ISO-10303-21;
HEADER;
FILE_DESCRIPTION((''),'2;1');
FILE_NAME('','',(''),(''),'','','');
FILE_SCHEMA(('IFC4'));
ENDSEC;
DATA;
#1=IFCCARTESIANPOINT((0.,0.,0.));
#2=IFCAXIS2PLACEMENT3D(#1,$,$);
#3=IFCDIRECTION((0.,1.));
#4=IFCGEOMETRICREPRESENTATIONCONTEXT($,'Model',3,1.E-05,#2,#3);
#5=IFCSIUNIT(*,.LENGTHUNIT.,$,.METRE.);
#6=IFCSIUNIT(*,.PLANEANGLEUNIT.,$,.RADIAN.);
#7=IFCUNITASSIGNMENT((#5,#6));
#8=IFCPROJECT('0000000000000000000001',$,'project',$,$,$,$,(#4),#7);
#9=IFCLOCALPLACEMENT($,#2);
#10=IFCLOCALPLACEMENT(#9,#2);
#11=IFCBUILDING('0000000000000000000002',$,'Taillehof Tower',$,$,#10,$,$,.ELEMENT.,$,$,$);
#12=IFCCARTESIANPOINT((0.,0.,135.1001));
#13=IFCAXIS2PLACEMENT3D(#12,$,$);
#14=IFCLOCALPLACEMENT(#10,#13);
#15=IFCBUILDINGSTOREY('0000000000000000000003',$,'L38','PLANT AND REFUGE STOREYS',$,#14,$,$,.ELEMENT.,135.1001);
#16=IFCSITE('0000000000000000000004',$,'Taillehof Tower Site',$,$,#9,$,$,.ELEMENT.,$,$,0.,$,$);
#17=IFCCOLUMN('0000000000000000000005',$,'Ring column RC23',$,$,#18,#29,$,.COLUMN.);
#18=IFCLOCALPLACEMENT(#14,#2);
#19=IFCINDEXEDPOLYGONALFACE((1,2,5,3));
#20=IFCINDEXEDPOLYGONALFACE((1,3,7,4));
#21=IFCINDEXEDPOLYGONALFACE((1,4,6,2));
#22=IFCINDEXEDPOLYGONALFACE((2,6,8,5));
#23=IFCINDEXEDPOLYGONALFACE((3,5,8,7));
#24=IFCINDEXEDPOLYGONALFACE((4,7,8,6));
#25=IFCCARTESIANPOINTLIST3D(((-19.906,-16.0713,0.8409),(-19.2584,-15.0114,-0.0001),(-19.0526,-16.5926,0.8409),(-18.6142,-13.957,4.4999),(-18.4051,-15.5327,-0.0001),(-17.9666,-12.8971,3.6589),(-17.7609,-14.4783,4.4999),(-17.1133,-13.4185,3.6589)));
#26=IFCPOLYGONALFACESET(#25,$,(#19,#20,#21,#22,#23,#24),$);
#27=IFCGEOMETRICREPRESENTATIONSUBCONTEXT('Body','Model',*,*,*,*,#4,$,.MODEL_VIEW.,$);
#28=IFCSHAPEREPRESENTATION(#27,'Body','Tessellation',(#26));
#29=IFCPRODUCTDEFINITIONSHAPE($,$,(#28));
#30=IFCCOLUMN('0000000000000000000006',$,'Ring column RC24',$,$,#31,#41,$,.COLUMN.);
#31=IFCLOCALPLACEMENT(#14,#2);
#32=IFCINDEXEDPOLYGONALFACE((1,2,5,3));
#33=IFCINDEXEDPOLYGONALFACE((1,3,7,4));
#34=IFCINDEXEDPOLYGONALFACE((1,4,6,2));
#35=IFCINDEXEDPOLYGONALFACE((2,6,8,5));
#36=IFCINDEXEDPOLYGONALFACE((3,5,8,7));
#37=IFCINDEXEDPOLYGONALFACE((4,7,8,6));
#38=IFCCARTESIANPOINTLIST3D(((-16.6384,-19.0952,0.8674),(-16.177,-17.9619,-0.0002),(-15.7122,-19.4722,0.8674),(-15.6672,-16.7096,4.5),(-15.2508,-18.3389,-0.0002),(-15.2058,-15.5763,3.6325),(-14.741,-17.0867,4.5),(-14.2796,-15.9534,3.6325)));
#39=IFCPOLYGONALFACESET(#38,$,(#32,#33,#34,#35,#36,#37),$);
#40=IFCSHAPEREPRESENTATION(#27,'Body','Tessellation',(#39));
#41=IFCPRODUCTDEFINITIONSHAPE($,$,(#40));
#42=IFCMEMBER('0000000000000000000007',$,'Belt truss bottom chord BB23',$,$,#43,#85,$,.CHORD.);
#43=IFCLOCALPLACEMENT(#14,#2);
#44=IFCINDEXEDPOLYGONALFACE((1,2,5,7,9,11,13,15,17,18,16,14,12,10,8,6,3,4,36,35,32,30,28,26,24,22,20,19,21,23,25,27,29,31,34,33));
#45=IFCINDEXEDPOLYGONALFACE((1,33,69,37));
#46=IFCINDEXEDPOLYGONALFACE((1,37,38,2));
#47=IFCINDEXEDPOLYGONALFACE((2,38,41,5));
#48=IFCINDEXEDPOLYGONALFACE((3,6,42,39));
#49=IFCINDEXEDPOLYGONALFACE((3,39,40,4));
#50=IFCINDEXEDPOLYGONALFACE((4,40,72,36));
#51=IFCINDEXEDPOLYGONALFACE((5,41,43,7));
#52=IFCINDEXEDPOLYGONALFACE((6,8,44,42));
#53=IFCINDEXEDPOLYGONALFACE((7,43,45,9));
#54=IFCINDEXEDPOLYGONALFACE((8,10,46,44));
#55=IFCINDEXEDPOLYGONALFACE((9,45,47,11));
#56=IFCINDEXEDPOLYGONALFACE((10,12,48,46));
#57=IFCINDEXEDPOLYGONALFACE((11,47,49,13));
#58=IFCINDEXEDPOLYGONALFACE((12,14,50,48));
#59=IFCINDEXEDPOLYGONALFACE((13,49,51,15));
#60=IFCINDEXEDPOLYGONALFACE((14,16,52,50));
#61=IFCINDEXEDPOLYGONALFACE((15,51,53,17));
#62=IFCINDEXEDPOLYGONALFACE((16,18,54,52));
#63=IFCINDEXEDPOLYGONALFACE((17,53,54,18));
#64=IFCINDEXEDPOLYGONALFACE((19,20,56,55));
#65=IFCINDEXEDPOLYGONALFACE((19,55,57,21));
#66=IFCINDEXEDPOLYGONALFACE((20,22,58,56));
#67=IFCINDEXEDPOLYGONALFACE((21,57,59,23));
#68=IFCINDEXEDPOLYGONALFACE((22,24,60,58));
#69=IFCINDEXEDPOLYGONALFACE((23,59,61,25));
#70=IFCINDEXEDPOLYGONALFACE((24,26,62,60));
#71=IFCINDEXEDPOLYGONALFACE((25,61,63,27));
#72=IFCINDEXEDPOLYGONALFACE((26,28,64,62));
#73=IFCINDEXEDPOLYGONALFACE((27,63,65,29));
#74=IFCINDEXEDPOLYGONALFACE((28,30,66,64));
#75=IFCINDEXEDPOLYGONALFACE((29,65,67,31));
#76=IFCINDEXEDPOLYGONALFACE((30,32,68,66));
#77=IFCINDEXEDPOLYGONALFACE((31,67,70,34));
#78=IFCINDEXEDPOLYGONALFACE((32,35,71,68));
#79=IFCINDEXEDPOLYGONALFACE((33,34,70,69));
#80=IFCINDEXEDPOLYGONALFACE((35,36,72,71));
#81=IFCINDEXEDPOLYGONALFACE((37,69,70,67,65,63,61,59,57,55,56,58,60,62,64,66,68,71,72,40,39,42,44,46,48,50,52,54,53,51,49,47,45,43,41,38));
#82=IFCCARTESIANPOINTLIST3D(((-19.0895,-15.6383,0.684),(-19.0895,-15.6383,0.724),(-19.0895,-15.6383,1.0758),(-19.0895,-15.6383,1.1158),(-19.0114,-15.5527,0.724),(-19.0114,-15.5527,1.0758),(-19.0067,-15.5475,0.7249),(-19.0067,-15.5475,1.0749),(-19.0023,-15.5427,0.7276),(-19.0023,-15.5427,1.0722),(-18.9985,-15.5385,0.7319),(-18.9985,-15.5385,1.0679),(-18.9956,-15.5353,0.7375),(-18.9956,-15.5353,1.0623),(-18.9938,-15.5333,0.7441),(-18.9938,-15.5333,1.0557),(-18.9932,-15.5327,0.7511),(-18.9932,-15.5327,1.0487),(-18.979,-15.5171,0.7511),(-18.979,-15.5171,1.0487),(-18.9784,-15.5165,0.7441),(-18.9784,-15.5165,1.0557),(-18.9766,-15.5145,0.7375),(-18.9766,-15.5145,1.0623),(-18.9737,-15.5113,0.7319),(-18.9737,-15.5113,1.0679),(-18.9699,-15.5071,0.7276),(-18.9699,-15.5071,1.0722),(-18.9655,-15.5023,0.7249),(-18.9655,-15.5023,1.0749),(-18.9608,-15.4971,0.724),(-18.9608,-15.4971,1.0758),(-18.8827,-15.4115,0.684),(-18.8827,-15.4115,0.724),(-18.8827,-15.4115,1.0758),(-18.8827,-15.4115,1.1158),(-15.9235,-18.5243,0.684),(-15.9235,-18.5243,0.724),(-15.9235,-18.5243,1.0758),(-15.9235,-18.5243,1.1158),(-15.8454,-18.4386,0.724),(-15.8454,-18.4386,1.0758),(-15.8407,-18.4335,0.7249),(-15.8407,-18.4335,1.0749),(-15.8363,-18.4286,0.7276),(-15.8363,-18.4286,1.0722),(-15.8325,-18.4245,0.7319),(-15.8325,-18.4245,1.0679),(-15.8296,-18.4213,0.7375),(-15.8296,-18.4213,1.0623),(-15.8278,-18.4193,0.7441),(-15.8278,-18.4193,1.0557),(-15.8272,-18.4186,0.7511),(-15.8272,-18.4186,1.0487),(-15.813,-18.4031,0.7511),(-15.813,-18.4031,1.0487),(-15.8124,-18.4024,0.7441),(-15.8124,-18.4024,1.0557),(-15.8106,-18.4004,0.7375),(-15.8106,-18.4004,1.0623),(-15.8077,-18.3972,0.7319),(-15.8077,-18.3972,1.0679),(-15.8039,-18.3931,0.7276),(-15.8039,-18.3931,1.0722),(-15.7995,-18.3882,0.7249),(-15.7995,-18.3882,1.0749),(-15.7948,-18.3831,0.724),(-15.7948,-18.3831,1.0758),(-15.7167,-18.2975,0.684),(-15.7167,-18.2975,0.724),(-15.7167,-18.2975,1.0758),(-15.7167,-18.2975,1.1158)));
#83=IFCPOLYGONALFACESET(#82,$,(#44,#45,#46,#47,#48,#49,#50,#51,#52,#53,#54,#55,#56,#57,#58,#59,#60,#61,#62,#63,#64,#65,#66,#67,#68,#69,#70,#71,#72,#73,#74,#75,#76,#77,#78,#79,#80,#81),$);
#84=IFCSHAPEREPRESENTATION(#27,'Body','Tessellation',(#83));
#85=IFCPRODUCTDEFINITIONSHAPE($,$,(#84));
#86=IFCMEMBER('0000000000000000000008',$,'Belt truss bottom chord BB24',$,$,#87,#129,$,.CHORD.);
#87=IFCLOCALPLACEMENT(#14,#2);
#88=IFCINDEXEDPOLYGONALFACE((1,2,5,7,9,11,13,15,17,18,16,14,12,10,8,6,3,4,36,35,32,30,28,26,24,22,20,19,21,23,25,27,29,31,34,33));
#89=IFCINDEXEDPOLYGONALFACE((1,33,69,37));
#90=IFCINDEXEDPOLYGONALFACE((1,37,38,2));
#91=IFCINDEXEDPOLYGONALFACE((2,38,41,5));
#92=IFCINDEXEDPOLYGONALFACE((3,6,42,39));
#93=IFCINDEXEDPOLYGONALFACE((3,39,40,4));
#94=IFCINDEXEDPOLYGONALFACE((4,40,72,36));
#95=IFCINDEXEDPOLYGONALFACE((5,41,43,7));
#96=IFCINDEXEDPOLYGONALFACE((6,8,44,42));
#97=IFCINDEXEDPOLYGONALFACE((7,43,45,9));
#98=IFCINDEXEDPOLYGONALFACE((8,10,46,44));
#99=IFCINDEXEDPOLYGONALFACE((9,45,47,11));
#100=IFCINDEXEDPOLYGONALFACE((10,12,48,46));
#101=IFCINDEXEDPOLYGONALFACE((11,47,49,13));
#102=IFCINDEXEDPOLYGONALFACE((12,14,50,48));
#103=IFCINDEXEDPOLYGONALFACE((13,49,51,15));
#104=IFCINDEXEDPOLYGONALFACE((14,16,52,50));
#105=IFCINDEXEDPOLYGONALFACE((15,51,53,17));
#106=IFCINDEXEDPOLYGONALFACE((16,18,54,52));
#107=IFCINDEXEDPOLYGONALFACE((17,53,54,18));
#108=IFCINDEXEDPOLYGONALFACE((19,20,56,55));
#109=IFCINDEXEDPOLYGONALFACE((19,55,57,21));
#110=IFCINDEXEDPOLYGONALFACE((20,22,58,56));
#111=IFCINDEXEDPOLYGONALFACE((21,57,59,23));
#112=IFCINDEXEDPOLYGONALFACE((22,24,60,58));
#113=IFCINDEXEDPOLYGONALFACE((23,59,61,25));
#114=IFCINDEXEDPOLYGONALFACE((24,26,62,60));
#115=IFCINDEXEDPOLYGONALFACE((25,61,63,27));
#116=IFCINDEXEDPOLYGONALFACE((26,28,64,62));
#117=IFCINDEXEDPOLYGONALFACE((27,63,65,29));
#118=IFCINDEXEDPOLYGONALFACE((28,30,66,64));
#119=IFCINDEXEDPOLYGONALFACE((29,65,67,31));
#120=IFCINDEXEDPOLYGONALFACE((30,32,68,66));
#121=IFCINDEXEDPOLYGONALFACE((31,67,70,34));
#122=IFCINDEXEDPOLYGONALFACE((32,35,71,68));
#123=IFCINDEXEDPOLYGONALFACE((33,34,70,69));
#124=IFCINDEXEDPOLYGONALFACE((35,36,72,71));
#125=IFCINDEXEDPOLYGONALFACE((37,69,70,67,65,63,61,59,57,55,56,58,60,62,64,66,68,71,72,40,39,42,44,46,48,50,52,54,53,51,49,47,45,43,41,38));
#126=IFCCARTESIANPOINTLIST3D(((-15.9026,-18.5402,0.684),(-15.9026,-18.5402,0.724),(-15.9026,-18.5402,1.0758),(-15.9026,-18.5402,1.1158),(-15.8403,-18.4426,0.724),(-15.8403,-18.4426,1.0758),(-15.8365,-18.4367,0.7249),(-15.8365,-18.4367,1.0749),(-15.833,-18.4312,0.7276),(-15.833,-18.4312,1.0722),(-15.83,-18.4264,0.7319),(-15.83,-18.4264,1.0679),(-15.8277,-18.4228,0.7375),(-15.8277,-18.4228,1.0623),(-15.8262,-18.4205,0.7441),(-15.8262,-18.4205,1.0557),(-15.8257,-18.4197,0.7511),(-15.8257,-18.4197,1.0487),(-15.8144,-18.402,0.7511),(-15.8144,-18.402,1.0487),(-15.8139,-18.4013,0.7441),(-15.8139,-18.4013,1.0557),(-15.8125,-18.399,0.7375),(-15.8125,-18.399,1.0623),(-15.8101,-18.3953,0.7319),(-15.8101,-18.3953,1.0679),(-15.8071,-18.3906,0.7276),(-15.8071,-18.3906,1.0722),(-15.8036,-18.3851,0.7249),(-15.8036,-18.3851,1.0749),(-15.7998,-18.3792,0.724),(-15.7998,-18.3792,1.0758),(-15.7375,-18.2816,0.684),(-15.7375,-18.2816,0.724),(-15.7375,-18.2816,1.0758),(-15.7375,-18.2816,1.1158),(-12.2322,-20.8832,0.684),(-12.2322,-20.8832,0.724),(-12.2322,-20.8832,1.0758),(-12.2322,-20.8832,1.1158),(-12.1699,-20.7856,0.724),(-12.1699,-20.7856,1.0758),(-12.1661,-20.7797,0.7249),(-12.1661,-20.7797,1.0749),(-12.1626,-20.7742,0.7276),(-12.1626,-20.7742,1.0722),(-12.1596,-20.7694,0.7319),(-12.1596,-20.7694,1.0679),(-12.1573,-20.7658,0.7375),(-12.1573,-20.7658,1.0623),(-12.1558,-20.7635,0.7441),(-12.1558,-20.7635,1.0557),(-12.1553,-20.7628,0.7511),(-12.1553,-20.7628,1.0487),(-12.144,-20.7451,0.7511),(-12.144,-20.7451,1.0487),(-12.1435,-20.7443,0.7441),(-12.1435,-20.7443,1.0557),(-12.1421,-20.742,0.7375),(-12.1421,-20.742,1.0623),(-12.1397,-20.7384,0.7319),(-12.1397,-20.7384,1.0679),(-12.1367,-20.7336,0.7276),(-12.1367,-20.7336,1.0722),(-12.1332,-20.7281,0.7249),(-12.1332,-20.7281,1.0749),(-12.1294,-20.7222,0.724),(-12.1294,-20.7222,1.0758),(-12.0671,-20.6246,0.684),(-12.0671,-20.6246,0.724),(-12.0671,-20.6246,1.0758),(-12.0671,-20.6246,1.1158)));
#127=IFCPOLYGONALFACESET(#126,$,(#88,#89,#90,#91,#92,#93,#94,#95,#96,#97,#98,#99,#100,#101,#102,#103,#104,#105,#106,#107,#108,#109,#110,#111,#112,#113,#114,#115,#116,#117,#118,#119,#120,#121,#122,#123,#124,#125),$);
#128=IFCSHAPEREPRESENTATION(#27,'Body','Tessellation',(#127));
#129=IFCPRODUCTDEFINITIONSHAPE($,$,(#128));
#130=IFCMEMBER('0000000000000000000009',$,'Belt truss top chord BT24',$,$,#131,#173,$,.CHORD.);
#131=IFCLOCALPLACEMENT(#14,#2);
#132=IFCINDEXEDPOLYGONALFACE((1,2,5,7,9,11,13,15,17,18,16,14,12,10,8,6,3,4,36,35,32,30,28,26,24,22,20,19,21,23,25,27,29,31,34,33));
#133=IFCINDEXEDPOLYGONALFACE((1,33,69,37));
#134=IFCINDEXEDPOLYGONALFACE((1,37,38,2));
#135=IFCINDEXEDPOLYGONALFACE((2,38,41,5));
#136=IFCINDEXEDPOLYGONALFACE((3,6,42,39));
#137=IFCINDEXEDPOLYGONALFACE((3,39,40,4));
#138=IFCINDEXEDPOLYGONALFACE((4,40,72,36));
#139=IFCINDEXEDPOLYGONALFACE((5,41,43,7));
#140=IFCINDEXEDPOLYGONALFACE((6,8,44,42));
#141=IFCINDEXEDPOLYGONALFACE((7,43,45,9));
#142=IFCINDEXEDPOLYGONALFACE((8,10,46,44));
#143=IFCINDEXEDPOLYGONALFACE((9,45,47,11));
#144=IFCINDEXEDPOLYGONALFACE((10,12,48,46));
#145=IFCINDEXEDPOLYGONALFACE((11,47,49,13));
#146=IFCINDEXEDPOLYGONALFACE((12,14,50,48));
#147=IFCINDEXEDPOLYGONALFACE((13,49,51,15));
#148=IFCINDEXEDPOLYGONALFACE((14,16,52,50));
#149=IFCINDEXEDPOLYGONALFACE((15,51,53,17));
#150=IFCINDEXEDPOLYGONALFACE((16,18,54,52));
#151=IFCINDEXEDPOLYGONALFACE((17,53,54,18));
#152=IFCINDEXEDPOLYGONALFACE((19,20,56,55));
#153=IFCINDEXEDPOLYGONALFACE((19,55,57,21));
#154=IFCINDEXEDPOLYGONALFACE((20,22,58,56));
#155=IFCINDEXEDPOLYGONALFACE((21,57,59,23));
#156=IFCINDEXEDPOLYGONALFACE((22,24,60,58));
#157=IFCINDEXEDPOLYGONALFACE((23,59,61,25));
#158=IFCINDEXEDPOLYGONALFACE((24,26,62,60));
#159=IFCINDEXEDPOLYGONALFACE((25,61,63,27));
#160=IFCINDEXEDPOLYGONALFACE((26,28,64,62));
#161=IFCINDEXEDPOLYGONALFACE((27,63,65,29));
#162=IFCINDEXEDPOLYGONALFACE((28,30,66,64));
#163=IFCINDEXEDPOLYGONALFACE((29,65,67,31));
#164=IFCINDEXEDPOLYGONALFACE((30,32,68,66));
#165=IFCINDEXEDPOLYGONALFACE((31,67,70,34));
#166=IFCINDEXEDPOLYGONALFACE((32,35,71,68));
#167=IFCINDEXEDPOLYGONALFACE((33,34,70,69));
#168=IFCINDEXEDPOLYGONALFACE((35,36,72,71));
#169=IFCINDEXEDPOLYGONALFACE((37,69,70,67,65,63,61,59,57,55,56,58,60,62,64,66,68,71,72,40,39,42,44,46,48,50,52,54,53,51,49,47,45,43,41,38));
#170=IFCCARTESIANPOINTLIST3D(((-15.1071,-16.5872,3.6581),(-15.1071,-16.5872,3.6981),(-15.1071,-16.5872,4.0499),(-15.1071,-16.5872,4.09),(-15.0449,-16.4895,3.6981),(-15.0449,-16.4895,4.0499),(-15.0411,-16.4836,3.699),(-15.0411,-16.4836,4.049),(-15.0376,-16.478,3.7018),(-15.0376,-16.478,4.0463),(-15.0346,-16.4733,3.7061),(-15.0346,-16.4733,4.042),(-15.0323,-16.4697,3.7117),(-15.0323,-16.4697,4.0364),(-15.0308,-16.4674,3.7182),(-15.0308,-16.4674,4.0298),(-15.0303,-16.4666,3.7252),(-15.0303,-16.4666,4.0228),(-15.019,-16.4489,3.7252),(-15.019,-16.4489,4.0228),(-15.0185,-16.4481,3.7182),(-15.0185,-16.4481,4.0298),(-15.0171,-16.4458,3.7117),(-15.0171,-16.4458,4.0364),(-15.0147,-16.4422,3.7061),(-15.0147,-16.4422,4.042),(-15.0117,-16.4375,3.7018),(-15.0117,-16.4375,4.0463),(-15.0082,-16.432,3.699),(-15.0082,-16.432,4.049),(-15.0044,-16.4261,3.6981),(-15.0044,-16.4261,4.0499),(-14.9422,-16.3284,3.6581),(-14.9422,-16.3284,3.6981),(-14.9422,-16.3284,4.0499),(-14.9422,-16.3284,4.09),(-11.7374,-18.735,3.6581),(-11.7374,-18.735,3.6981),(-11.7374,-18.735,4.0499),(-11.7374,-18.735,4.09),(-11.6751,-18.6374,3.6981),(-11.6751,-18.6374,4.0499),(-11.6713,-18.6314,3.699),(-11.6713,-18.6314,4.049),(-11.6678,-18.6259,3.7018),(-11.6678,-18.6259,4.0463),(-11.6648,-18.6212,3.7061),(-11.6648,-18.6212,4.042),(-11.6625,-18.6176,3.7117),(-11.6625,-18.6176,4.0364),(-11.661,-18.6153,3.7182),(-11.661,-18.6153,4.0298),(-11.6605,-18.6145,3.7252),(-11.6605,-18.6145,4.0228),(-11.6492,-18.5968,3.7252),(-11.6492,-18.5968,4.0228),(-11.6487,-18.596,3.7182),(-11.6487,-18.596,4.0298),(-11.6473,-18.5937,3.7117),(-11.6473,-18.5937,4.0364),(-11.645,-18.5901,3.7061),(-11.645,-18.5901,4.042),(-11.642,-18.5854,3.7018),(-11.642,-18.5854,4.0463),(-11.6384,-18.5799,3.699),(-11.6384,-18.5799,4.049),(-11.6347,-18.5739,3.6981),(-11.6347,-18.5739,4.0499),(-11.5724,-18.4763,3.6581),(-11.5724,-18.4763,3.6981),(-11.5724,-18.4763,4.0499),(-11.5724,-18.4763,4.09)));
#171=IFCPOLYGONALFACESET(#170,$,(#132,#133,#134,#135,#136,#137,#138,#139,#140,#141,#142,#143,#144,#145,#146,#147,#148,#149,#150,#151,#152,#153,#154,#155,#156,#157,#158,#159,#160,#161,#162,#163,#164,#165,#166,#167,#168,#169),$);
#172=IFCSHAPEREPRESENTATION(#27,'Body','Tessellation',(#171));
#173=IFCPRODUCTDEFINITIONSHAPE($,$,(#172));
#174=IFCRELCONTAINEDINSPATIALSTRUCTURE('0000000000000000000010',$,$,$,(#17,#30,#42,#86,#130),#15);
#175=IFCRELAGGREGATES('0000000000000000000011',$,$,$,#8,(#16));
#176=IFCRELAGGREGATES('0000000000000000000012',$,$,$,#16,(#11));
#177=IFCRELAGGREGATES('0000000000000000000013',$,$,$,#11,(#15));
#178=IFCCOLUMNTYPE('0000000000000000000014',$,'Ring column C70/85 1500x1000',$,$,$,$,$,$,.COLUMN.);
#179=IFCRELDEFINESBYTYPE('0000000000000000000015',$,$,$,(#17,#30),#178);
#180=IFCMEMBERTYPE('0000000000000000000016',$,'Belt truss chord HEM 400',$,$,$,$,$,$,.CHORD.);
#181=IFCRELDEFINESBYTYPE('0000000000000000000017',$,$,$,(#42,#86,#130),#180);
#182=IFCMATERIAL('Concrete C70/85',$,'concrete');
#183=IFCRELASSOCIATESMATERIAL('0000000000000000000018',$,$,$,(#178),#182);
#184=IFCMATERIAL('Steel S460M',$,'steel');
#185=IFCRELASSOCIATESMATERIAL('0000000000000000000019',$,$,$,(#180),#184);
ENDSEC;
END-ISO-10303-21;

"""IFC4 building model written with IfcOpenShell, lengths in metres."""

from ifc_helpers import new_model, si_unit, direction, frame, origin, origin_2d, place, context, subcontext, project, spatial, rectangle, i_section, extrude, material, material_profile, profile_set, type_object, element, save


model = new_model("IFC4")

# Units and contexts
model_context = context("Model", 3, precision=1e-05, world=origin(), true_north=direction((0.0, 1.0)))
body_context = subcontext(model_context, "Body", "Model", "MODEL_VIEW")
ifc_project = project(units=[si_unit("LENGTHUNIT", "METRE"), si_unit("PLANEANGLEUNIT", "RADIAN")], contexts=[model_context])

# Site, building, storey
site_placement = place(None, origin())
site = spatial("IfcSite", under=ifc_project, at=site_placement, Name="Taillehof Tower Site", CompositionType="ELEMENT", RefElevation=0.0)
building_placement = place(site_placement, origin())
building = spatial("IfcBuilding", under=site, at=building_placement, Name="Taillehof Tower", CompositionType="ELEMENT")
storey_placement = place(building_placement, frame((0.0, 0.0, 135.1001)))
storey = spatial("IfcBuildingStorey", under=building, at=storey_placement, Name="L38", Description="PLANT AND REFUGE STOREYS", CompositionType="ELEMENT", Elevation=135.1001)

# Columns
ifc_material_1 = material(Name="Concrete C70/85", Category="concrete")
ifc_material_profile_1 = material_profile(ifc_material_1, rectangle(XDim=1.5, YDim=1.0, at=origin_2d()), Name="RC 1500x1000")
ifc_profile_set_1 = profile_set([ifc_material_profile_1], Name="Concrete C70/85")
column_type = type_object("IfcColumnType", Name="Ring column C70/85 1500x1000", PredefinedType="COLUMN", material=ifc_profile_set_1)
column_1_placement = place(storey_placement, frame((-19.1555, -15.802, 0.4204), z_axis=(0.292325, 0.47846, 0.828023), x_axis=(-0.4317, -0.706581, 0.560694)))
element("IfcColumn", 1, at=column_1_placement, inside=storey, type_object=column_type, Name="Ring column RC23", PredefinedType="COLUMN", context=body_context, shape_type="SweptSolid", body=[
    extrude(rectangle(XDim=1.5, YDim=1.0, at=origin_2d()), origin(), (0.0, 0.0, 1.0), 4.4189),
])
column_2_placement = place(storey_placement, frame((-15.9446, -18.717, 0.4336), z_axis=(0.218097, 0.535704, 0.815754), x_axis=(-0.307597, -0.755539, 0.578399)))
element("IfcColumn", 2, at=column_2_placement, inside=storey, type_object=column_type, Name="Ring column RC24", PredefinedType="COLUMN", context=body_context, shape_type="SweptSolid", body=[
    extrude(rectangle(XDim=1.5, YDim=1.0, at=origin_2d()), origin(), (0.0, 0.0, 1.0), 4.4531),
])

# Members
ifc_material_2 = material(Name="Steel S460M", Category="steel")
ifc_material_profile_2 = material_profile(ifc_material_2, i_section(OverallWidth=0.3069, OverallDepth=0.4319, WebThickness=0.021, FlangeThickness=0.04, FilletRadius=0.0271, at=origin_2d()), Name="HEM 400")
ifc_profile_set_2 = profile_set([ifc_material_profile_2], Name="Steel S460M")
member_type_1 = type_object("IfcMemberType", Name="Belt truss chord HEM 400", PredefinedType="CHORD", material=ifc_profile_set_2)
member_1_placement = place(storey_placement, frame((-18.9861, -15.5249, 0.8999), z_axis=(0.739034, -0.673668, 0.0), x_axis=(0.673668, 0.739034, 0.0)))
element("IfcMember", 3, at=member_1_placement, inside=storey, type_object=member_type_1, Name="Belt truss bottom chord BB23", PredefinedType="CHORD", context=body_context, shape_type="SweptSolid", body=[
    extrude(i_section(OverallWidth=0.3069, OverallDepth=0.4319, WebThickness=0.021, FlangeThickness=0.04, FilletRadius=0.0271, at=origin_2d()), origin(), (0.0, 0.0, 1.0), 4.2839),
])
member_2_placement = place(storey_placement, frame((-15.8201, -18.4109, 0.8999), z_axis=(0.842901, -0.538069, 0.0), x_axis=(0.538069, 0.842901, 0.0)))
element("IfcMember", 4, at=member_2_placement, inside=storey, type_object=member_type_1, Name="Belt truss bottom chord BB24", PredefinedType="CHORD", context=body_context, shape_type="SweptSolid", body=[
    extrude(i_section(OverallWidth=0.3069, OverallDepth=0.4319, WebThickness=0.021, FlangeThickness=0.04, FilletRadius=0.0271, at=origin_2d()), origin(), (0.0, 0.0, 1.0), 4.3545),
])
member_3_placement = place(storey_placement, frame((-15.0247, -16.4578, 3.874), z_axis=(0.843266, -0.537496, 0.0), x_axis=(0.537496, 0.843266, 0.0)))
element("IfcMember", 5, at=member_3_placement, inside=storey, type_object=member_type_1, Name="Belt truss top chord BT24", PredefinedType="CHORD", context=body_context, shape_type="SweptSolid", body=[
    extrude(i_section(OverallWidth=0.3069, OverallDepth=0.4319, WebThickness=0.021, FlangeThickness=0.04, FilletRadius=0.0271, at=origin_2d()), origin(), (0.0, 0.0, 1.0), 3.9961),
])

save(model, "model.ifc")
